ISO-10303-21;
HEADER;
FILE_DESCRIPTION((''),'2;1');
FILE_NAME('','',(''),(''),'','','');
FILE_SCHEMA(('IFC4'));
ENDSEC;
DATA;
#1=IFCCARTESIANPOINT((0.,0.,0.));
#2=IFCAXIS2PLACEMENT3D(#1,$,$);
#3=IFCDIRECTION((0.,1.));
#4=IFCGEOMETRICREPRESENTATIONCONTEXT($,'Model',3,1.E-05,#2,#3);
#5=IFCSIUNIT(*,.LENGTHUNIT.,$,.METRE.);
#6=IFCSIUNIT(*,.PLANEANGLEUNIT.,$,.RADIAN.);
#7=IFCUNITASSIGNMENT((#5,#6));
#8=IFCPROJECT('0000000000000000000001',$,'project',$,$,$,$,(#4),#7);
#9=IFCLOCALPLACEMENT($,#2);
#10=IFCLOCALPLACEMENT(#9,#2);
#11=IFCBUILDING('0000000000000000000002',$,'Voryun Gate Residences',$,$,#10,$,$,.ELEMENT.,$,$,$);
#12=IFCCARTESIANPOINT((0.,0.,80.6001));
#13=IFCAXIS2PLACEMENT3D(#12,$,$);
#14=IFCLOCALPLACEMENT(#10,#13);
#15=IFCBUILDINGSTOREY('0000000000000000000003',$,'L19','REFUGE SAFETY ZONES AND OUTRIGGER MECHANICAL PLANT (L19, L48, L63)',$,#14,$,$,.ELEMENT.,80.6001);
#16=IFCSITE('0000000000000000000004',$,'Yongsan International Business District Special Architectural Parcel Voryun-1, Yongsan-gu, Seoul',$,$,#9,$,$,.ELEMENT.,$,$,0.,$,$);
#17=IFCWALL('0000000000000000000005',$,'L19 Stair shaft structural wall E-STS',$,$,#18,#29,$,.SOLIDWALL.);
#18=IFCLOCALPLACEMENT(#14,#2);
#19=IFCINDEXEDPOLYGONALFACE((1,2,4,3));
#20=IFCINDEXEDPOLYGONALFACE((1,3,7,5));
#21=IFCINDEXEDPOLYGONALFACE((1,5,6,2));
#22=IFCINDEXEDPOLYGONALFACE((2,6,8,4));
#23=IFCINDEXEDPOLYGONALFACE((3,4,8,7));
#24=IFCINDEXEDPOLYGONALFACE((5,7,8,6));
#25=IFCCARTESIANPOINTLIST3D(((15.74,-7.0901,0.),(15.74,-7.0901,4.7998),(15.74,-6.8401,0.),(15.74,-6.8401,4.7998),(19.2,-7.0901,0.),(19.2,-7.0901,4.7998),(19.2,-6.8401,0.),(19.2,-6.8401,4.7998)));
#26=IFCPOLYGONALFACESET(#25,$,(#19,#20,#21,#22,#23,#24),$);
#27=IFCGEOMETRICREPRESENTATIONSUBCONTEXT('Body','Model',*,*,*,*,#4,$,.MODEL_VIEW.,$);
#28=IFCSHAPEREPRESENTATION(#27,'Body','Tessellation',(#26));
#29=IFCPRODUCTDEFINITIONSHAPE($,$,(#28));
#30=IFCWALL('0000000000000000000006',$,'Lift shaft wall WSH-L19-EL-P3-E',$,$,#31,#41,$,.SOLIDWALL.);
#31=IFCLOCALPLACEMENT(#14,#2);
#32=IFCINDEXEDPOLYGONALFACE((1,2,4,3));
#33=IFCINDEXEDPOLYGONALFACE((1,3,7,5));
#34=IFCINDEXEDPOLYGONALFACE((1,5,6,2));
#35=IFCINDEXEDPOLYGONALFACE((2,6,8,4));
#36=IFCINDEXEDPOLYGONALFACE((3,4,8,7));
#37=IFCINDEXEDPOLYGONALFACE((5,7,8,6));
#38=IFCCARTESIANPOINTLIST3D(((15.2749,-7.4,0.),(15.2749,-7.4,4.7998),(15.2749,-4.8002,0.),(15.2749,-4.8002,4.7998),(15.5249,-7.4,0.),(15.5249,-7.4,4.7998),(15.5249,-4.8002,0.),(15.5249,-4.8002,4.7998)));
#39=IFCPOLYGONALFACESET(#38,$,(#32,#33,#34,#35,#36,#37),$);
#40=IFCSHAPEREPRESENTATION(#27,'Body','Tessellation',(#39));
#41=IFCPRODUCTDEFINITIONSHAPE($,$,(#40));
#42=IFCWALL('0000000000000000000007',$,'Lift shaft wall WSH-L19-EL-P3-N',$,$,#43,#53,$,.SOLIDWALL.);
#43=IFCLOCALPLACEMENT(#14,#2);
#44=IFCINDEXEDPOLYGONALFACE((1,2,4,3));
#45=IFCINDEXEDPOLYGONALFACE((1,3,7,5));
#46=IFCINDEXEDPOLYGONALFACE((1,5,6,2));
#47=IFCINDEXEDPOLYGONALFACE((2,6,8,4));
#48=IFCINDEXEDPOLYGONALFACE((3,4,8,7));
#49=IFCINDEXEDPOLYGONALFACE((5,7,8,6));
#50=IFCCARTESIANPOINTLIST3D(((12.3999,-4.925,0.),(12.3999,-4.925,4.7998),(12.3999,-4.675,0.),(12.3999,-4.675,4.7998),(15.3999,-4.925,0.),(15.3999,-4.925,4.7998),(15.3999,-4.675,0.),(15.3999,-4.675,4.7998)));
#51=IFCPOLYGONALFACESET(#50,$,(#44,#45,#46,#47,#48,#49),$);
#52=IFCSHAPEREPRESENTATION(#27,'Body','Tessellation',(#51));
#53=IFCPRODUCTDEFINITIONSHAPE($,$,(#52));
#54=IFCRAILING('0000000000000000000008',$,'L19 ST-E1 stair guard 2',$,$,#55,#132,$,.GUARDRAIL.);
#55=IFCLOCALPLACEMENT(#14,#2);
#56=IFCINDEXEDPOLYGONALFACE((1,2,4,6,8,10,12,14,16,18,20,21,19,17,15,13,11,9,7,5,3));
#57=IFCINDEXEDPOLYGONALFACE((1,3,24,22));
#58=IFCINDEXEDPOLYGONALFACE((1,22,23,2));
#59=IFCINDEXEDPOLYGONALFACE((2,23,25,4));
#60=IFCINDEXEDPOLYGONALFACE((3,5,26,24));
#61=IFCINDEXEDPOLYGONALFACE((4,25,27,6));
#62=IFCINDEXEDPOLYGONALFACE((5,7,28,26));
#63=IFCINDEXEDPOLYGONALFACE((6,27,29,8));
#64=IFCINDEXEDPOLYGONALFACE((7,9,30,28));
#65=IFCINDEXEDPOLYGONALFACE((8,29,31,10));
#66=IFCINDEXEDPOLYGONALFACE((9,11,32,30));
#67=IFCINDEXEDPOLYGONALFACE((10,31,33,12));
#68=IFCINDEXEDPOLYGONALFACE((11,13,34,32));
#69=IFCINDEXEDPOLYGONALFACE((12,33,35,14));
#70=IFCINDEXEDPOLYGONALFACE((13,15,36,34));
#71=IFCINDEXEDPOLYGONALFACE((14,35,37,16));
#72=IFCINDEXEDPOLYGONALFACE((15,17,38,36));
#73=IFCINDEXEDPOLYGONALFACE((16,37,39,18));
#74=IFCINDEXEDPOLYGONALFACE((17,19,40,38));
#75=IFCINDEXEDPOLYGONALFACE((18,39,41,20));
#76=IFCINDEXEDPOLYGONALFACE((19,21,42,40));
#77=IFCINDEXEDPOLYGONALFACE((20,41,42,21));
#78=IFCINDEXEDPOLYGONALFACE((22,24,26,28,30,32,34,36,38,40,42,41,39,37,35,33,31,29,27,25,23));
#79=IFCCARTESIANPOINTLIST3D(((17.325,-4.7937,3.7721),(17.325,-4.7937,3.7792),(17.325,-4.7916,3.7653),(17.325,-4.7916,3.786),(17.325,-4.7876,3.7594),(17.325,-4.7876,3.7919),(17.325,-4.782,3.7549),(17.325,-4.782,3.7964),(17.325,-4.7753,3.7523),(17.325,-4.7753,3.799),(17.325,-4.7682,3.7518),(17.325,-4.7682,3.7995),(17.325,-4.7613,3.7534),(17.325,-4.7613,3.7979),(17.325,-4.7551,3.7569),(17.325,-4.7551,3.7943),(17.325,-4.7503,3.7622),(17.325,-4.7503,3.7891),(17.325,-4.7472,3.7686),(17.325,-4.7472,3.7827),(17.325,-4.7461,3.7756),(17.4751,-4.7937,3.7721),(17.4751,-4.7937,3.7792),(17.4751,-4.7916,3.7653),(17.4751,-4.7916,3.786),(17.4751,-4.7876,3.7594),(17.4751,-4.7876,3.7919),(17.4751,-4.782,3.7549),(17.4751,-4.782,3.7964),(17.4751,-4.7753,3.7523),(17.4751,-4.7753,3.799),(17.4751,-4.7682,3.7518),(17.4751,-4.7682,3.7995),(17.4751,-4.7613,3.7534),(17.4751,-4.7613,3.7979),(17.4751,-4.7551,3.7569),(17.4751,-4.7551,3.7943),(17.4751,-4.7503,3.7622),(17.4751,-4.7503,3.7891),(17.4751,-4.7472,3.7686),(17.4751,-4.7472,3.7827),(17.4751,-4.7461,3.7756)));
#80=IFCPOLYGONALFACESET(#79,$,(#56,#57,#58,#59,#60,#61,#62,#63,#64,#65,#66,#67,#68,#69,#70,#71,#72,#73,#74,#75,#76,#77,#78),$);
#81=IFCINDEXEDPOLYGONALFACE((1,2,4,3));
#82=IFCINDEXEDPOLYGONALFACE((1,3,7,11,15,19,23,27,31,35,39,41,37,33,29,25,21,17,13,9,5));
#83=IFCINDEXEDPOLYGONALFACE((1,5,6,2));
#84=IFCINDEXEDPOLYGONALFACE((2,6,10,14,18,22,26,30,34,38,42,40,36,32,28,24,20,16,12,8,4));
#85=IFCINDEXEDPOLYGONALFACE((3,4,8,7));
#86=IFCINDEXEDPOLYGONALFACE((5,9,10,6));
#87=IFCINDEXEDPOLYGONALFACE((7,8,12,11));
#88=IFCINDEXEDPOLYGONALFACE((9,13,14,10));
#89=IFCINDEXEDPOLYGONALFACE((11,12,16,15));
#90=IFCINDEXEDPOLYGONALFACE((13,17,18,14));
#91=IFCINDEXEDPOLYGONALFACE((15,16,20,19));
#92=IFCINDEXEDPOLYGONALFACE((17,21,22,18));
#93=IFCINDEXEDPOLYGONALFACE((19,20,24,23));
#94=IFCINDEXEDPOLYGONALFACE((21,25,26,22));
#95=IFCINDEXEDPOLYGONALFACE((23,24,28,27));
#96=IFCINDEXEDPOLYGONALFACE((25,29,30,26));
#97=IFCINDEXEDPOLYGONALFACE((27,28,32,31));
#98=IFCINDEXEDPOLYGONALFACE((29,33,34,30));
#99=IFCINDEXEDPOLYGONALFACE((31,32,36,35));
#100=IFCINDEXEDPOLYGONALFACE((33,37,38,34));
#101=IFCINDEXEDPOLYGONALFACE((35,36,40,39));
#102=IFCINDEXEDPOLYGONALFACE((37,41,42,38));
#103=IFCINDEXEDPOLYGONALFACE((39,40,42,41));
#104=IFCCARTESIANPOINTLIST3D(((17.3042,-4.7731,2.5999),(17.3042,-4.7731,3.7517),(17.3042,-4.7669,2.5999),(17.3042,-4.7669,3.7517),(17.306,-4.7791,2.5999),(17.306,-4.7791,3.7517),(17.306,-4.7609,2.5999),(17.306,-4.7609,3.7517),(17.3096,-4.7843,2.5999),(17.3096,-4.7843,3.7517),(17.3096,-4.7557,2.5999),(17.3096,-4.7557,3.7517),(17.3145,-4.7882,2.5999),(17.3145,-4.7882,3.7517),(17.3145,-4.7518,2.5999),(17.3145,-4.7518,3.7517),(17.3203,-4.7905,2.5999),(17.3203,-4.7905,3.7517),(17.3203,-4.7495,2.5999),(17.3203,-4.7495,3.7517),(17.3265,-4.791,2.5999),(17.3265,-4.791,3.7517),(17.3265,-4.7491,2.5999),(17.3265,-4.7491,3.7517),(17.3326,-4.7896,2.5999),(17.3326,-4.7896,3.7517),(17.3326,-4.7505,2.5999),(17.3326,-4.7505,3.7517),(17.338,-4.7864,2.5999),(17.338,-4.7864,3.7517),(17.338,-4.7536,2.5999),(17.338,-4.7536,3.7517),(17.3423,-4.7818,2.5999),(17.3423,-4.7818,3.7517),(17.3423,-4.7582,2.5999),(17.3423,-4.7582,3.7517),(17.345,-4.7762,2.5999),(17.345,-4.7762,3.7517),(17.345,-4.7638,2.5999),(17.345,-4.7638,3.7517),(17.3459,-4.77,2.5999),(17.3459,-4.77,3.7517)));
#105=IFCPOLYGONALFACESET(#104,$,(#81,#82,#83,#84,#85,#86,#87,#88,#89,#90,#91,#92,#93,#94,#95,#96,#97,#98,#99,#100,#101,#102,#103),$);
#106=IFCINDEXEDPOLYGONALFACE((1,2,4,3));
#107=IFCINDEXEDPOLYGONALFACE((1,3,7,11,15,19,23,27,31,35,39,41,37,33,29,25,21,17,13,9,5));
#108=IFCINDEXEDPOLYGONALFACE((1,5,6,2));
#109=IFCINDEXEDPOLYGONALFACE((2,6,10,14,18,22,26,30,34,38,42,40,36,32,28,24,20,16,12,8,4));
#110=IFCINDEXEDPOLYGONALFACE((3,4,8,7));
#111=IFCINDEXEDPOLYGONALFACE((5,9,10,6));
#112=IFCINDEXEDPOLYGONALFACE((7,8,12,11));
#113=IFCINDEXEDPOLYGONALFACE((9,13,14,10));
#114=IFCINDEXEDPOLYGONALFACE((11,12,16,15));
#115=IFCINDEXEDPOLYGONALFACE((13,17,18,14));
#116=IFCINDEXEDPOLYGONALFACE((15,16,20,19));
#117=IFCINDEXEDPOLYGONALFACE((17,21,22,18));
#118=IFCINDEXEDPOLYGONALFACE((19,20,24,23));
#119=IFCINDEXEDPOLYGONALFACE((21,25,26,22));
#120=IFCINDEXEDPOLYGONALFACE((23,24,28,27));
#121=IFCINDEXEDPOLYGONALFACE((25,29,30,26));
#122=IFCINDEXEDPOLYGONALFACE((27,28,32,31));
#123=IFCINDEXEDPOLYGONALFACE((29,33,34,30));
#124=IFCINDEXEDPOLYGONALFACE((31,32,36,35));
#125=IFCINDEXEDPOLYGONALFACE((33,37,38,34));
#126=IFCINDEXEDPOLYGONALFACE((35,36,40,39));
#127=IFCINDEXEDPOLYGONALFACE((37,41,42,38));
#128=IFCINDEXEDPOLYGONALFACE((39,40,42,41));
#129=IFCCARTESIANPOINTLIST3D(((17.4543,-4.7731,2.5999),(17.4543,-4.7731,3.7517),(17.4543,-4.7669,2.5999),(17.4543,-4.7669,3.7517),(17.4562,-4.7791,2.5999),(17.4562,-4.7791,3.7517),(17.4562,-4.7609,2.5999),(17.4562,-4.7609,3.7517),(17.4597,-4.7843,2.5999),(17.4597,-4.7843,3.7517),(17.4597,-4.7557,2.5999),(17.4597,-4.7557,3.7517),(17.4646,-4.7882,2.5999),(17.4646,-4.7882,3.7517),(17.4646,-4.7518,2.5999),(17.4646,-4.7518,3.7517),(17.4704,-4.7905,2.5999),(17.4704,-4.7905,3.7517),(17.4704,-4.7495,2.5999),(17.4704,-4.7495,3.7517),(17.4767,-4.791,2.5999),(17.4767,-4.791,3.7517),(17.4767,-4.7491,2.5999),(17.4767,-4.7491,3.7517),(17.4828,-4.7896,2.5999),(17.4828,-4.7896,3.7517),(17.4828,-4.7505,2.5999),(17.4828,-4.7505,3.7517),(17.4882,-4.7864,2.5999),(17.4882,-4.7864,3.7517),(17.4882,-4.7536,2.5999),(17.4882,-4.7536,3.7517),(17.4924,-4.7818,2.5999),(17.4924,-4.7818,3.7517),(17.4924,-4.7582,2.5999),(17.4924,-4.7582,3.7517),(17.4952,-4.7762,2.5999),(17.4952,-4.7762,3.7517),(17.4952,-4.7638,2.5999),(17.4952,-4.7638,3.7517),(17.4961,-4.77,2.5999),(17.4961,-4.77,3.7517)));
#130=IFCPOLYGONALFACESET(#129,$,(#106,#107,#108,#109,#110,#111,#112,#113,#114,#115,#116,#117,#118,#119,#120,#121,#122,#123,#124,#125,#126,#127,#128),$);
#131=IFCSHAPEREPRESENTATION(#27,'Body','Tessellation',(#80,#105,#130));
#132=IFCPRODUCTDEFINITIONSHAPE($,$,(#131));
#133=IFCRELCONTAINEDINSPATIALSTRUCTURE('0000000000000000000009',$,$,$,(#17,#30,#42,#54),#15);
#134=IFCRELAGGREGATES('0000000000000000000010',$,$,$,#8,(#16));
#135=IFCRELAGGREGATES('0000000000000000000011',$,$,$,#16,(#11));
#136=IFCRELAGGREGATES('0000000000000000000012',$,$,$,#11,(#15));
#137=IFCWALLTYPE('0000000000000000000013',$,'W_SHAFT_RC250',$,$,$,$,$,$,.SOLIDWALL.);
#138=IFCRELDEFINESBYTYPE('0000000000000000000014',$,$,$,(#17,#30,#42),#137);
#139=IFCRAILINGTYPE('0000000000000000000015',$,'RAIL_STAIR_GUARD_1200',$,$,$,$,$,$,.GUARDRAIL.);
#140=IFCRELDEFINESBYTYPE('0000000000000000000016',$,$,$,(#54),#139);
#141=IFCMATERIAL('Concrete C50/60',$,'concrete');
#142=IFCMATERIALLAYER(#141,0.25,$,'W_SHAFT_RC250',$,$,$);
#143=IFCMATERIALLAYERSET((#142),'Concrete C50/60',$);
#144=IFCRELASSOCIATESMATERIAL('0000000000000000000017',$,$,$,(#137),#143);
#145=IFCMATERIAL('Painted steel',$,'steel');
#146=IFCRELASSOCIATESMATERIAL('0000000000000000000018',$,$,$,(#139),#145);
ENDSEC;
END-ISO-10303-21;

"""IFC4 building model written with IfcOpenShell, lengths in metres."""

from ifc_helpers import new_model, si_unit, direction, frame, frame_2d, origin, origin_2d, place, context, subcontext, project, spatial, rectangle, circle, extrude, material, layer, layer_set, type_object, element, save


model = new_model("IFC4")

# Units and contexts
model_context = context("Model", 3, precision=1e-05, world=origin(), true_north=direction((0.0, 1.0)))
body_context = subcontext(model_context, "Body", "Model", "MODEL_VIEW")
ifc_project = project(units=[si_unit("LENGTHUNIT", "METRE"), si_unit("PLANEANGLEUNIT", "RADIAN")], contexts=[model_context])

# Site, building, storey
site_placement = place(None, origin())
site = spatial("IfcSite", under=ifc_project, at=site_placement, Name="Yongsan International Business District Special Architectural Parcel Voryun-1, Yongsan-gu, Seoul", CompositionType="ELEMENT", RefElevation=0.0)
building_placement = place(site_placement, origin())
building = spatial("IfcBuilding", under=site, at=building_placement, Name="Voryun Gate Residences", CompositionType="ELEMENT")
storey_placement = place(building_placement, frame((0.0, 0.0, 80.6001)))
storey = spatial("IfcBuildingStorey", under=building, at=storey_placement, Name="L19", Description="REFUGE SAFETY ZONES AND OUTRIGGER MECHANICAL PLANT (L19, L48, L63)", CompositionType="ELEMENT", Elevation=80.6001)

# Walls
ifc_material_1 = material(Name="Concrete C50/60", Category="concrete")
ifc_layer_1 = layer(ifc_material_1, 0.25, Name="W_SHAFT_RC250")
ifc_layer_set_1 = layer_set([ifc_layer_1], Name="Concrete C50/60")
wall_type_1 = type_object("IfcWallType", Name="W_SHAFT_RC250", PredefinedType="SOLIDWALL", material=ifc_layer_set_1)
wall_1_placement = place(storey_placement, frame((15.74, -6.9651, 0.0), z_axis=(0.0, 0.0, 1.0), x_axis=(1.0, 0.0, 0.0)))
element("IfcWall", 1, at=wall_1_placement, inside=storey, type_object=wall_type_1, Name="L19 Stair shaft structural wall E-STS", PredefinedType="SOLIDWALL", context=body_context, shape_type="SweptSolid", body=[
    extrude(rectangle(XDim=3.46, YDim=0.25, at=frame_2d((1.73, 0.0))), origin(), (0.0, 0.0, 1.0), 4.7998),
])
wall_2_placement = place(storey_placement, frame((15.3999, -7.3999, 0.0), z_axis=(0.0, 0.0, 1.0), x_axis=(0.0, 1.0, 0.0)))
element("IfcWall", 2, at=wall_2_placement, inside=storey, type_object=wall_type_1, Name="Lift shaft wall WSH-L19-EL-P3-E", PredefinedType="SOLIDWALL", context=body_context, shape_type="SweptSolid", body=[
    extrude(rectangle(XDim=2.5999, YDim=0.25, at=frame_2d((1.2998, 0.0))), origin(), (0.0, 0.0, 1.0), 4.7998),
])
wall_3_placement = place(storey_placement, frame((15.3999, -4.8, 0.0), z_axis=(0.0, 0.0, 1.0), x_axis=(-1.0, 0.0, 0.0)))
element("IfcWall", 3, at=wall_3_placement, inside=storey, type_object=wall_type_1, Name="Lift shaft wall WSH-L19-EL-P3-N", PredefinedType="SOLIDWALL", context=body_context, shape_type="SweptSolid", body=[
    extrude(rectangle(XDim=3.0, YDim=0.25, at=frame_2d((1.5, 0.0))), origin(), (0.0, 0.0, 1.0), 4.7998),
])

# Railing
ifc_material_2 = material(Name="Painted steel", Category="steel")
railing_type = type_object("IfcRailingType", Name="RAIL_STAIR_GUARD_1200", PredefinedType="GUARDRAIL", material=ifc_material_2)
railing_1_placement = place(storey_placement, frame((17.325, -4.77, 2.5999)))
element("IfcRailing", 4, at=railing_1_placement, inside=storey, type_object=railing_type, Name="L19 ST-E1 stair guard 2", PredefinedType="GUARDRAIL", context=body_context, shape_type="SweptSolid", body=[
    extrude(circle(Radius=0.0239, at=origin_2d()), frame((0.0, 0.0, 1.1758), z_axis=(1.0, 0.0, 0.0), x_axis=(0.0, 1.0, 0.0)), (0.0, 0.0, 1.0), 0.1501),
    extrude(circle(Radius=0.021, at=origin_2d()), origin(), (0.0, 0.0, 1.0), 1.1519),
    extrude(circle(Radius=0.021, at=origin_2d()), frame((0.1501, 0.0, 0.0)), (0.0, 0.0, 1.0), 1.1519),
])

save(model, "model.ifc")
